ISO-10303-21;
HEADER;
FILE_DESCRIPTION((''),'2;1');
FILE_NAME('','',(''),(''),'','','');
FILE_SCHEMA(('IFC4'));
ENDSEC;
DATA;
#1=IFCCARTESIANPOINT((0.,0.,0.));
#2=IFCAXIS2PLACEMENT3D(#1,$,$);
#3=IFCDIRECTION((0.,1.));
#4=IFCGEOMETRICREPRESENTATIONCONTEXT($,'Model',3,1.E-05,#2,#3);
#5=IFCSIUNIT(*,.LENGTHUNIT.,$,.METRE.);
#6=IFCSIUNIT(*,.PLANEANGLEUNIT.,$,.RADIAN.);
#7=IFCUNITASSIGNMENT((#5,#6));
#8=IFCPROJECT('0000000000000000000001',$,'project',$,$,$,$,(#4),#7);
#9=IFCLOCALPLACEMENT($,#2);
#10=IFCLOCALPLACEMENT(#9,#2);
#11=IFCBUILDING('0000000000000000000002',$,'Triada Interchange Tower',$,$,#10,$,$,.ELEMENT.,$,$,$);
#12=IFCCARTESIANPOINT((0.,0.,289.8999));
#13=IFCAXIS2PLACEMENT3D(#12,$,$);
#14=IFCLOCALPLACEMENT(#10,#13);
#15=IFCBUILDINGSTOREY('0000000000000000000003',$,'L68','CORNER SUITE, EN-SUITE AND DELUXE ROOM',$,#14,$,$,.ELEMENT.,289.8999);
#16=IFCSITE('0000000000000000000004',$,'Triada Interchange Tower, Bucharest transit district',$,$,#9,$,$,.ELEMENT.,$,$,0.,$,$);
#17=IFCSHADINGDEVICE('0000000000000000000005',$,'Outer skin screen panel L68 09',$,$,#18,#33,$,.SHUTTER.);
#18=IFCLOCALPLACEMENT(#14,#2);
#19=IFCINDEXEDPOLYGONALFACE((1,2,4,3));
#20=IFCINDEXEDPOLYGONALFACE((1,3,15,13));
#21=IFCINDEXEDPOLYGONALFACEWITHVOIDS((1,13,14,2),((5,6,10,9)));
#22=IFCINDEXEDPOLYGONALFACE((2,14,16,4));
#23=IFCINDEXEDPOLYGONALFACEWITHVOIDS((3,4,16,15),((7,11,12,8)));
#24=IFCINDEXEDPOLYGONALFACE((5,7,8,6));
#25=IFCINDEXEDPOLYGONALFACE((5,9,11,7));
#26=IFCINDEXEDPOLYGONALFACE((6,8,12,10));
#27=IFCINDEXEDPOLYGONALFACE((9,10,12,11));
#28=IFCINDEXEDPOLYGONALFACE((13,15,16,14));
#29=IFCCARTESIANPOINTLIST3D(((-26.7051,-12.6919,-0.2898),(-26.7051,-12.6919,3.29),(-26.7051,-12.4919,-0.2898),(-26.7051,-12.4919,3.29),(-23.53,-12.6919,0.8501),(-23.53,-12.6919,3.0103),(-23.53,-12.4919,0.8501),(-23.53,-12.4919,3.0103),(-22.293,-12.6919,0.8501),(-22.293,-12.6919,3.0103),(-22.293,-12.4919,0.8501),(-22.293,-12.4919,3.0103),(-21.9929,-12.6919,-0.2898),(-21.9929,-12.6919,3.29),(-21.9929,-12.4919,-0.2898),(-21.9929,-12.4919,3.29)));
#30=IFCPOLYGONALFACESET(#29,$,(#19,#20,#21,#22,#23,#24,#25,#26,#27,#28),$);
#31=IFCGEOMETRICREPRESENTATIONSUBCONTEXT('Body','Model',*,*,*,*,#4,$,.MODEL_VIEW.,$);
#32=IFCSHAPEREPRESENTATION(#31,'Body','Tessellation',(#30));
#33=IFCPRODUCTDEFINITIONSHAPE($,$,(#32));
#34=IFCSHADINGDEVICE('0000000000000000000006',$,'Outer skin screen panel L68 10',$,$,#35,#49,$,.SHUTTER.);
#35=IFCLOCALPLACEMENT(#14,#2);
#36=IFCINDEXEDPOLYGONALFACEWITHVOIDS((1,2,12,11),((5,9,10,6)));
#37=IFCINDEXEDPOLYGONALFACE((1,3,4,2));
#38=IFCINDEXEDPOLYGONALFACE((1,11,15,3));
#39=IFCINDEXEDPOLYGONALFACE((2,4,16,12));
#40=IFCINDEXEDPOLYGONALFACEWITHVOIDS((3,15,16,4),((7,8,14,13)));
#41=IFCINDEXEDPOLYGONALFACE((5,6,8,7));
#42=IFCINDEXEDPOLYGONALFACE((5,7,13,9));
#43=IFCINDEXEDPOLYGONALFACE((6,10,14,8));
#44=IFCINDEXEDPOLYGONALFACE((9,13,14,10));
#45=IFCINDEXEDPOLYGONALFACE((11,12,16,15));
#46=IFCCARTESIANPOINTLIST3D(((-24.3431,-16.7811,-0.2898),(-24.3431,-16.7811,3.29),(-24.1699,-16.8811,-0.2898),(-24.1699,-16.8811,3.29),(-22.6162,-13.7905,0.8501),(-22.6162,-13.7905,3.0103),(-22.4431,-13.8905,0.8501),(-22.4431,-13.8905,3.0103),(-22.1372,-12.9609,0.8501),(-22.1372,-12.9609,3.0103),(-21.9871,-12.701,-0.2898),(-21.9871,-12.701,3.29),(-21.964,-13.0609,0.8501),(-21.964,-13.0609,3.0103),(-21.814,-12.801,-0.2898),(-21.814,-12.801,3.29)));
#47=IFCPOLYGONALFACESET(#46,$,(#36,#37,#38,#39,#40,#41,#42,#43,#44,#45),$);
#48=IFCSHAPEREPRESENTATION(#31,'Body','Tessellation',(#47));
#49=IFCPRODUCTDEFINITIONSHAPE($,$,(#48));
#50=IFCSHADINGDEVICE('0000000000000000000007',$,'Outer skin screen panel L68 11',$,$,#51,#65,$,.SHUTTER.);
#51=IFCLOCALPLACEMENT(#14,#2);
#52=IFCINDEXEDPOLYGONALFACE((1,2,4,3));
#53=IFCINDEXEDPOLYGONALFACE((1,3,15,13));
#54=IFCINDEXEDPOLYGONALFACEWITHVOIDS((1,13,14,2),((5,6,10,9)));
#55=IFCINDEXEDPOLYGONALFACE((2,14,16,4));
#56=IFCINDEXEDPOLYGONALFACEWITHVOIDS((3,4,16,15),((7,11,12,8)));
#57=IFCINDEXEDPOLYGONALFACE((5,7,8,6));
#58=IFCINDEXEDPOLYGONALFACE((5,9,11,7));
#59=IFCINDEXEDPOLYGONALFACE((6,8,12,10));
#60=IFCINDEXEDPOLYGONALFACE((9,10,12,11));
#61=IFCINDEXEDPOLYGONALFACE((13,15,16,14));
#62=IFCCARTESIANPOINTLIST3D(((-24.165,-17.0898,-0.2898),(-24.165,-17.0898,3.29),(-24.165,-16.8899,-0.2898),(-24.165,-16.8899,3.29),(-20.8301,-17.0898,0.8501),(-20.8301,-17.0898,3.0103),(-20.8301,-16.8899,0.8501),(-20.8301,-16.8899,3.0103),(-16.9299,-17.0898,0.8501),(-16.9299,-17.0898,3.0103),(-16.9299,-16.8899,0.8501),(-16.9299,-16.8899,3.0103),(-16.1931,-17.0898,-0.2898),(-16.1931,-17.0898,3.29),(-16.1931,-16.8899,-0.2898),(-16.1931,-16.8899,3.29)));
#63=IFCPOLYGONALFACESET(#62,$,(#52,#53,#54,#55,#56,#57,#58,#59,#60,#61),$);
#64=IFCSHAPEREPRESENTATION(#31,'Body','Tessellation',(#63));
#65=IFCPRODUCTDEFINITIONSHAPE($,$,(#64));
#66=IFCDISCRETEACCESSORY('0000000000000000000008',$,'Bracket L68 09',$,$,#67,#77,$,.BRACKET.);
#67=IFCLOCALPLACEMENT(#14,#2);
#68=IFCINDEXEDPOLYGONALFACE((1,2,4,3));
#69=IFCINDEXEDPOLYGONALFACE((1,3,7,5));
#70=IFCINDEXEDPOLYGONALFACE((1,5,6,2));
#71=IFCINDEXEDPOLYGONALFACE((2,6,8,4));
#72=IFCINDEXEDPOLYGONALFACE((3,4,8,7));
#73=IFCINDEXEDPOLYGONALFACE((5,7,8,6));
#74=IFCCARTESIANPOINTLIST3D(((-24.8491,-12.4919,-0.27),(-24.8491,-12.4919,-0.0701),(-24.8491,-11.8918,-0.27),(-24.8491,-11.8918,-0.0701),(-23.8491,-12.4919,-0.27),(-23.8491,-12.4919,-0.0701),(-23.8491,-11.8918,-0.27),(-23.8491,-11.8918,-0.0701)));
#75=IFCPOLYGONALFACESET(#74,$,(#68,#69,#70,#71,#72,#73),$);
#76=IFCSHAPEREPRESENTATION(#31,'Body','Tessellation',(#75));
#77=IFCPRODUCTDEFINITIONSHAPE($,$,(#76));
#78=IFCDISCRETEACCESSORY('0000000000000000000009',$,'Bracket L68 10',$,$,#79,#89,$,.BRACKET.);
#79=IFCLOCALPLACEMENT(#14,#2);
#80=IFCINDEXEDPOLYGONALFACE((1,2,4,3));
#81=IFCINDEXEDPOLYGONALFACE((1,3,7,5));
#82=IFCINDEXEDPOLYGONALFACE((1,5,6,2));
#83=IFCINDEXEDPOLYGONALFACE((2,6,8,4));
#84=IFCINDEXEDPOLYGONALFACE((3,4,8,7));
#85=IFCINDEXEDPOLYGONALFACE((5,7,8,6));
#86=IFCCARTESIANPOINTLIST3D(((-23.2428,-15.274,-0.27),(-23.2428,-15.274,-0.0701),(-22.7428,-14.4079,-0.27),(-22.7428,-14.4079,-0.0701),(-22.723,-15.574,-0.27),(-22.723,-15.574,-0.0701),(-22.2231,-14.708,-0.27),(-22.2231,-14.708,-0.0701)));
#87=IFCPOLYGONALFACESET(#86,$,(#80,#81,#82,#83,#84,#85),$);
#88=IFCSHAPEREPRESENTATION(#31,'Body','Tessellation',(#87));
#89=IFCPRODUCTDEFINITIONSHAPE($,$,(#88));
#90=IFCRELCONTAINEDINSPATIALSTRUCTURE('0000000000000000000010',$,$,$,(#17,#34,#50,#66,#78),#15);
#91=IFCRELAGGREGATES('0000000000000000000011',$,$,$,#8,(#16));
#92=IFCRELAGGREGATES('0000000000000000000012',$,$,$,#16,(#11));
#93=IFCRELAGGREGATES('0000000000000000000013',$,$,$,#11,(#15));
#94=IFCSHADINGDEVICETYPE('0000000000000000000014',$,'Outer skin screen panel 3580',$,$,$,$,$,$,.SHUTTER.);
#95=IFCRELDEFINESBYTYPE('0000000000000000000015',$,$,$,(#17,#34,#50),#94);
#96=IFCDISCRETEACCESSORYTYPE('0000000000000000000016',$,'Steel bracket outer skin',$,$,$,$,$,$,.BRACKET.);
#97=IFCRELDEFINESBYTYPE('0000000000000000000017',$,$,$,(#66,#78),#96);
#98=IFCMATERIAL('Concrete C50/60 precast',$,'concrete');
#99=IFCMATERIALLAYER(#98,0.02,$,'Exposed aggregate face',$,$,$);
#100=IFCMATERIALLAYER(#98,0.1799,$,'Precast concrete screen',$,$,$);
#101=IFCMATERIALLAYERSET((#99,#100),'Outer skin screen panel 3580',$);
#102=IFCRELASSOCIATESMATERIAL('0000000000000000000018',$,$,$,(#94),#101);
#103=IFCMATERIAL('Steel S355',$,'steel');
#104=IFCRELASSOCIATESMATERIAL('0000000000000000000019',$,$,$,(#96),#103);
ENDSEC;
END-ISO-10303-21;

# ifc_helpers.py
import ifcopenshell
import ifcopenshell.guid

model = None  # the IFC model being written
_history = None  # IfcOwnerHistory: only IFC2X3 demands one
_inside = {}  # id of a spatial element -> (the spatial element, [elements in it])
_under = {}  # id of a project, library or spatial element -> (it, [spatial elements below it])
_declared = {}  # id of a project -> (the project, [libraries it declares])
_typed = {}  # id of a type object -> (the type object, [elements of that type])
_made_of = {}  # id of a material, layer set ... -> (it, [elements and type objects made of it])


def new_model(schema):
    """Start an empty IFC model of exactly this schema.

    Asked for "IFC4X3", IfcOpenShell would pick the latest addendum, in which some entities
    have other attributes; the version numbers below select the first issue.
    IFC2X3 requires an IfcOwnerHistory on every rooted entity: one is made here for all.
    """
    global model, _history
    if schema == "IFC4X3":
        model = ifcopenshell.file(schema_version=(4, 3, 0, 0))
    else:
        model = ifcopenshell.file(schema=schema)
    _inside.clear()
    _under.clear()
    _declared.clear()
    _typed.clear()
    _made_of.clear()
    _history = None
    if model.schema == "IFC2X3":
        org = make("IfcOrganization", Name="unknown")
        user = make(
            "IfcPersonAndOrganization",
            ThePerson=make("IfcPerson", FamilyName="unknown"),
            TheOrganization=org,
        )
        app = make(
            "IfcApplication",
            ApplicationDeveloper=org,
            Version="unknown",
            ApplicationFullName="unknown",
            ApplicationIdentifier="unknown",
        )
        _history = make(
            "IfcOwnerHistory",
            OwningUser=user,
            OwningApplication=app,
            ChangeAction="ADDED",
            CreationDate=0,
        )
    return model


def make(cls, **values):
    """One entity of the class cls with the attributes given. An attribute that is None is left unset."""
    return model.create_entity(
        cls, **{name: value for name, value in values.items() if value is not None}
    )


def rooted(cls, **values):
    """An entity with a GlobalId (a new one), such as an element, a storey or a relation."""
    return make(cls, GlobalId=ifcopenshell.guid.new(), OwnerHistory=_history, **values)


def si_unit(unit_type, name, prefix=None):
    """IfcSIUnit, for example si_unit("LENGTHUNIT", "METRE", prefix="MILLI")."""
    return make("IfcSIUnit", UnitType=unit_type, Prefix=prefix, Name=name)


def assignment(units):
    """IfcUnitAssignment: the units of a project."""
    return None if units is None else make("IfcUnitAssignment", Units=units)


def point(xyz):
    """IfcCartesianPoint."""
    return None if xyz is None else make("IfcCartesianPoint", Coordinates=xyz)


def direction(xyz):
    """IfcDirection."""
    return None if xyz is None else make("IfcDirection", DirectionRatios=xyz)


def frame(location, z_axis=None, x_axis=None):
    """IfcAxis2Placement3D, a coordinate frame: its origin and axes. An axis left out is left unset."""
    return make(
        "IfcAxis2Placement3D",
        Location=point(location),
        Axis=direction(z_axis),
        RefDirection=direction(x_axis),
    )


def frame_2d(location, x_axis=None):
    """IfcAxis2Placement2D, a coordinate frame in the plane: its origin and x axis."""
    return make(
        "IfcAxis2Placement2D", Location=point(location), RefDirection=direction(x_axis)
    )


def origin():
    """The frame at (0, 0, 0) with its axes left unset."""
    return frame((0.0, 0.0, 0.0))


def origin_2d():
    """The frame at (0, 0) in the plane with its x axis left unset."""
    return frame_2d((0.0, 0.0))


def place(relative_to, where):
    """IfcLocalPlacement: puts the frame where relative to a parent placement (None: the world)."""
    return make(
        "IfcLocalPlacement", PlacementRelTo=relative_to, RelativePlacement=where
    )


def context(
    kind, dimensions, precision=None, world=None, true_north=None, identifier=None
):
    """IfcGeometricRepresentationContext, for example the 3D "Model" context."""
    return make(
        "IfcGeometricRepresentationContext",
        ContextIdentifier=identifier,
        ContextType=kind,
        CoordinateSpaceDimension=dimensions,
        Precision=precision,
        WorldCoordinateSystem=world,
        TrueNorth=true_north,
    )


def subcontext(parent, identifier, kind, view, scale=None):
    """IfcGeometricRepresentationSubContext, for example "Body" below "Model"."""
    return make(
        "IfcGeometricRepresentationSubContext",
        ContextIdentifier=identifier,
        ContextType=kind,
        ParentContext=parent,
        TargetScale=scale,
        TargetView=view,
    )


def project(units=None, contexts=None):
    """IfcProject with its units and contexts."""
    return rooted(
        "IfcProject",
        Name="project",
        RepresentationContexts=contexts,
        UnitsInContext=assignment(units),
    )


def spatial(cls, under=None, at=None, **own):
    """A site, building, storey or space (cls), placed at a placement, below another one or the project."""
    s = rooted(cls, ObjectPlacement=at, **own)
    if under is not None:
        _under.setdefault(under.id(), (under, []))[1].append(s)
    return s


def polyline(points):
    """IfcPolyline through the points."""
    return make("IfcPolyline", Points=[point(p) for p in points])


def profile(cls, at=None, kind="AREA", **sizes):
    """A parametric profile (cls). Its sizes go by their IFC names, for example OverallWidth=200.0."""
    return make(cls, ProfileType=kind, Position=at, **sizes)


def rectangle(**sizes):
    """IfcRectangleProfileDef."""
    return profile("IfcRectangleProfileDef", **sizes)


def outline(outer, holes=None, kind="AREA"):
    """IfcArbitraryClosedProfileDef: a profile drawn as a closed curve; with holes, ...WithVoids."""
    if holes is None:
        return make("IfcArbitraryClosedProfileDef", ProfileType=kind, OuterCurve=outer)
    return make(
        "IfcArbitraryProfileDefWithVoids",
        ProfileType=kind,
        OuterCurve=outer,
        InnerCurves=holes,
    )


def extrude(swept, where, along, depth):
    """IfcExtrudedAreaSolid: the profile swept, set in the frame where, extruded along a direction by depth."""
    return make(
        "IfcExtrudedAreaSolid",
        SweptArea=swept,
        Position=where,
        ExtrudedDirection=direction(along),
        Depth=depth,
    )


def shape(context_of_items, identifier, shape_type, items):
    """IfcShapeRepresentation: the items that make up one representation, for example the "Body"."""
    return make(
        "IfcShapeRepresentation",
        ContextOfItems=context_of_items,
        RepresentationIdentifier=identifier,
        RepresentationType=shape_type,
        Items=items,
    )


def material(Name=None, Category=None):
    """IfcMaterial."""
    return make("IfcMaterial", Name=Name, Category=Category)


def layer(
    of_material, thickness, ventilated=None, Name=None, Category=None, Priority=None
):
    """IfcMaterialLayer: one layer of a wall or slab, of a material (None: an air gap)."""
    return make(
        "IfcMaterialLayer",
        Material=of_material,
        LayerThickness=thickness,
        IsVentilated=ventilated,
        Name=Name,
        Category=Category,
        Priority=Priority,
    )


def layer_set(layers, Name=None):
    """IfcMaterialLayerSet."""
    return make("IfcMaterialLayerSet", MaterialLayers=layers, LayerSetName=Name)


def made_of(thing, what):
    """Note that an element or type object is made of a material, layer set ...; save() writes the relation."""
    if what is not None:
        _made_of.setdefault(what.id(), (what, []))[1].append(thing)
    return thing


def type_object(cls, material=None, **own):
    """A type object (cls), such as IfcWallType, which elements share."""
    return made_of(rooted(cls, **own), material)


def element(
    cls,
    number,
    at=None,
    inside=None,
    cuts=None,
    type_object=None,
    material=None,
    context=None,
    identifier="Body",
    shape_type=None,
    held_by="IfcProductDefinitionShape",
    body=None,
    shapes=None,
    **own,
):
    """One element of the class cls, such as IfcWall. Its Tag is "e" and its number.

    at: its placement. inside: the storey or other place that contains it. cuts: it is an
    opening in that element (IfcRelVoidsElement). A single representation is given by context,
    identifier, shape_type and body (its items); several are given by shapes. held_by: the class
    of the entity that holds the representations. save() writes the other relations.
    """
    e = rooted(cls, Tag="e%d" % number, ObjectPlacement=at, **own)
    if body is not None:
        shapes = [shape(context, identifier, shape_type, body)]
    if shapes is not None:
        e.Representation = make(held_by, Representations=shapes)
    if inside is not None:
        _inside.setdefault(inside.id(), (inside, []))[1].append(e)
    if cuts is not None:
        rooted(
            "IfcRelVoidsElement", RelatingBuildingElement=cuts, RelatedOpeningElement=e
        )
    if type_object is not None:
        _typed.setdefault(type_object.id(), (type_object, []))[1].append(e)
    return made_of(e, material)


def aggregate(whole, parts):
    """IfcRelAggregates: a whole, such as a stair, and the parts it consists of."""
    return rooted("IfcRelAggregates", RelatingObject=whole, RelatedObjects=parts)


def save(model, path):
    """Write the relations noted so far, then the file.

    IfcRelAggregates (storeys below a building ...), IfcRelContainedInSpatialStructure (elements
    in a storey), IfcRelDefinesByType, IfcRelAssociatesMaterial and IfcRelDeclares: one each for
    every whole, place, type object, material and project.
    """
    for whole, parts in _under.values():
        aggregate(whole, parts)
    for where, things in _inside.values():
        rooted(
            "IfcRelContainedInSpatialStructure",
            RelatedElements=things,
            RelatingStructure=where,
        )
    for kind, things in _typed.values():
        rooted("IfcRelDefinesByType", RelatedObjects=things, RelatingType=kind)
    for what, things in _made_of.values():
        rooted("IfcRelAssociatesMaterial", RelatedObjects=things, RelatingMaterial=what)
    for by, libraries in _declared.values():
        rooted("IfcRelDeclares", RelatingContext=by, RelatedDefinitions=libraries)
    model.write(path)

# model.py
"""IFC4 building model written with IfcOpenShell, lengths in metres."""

from ifc_helpers import new_model, si_unit, direction, frame, origin, origin_2d, place, context, subcontext, project, spatial, polyline, rectangle, outline, extrude, material, layer, layer_set, type_object, element, save


model = new_model("IFC4")

# Units and contexts
model_context = context("Model", 3, precision=1e-05, world=origin(), true_north=direction((0.0, 1.0)))
body_context = subcontext(model_context, "Body", "Model", "MODEL_VIEW")
ifc_project = project(units=[si_unit("LENGTHUNIT", "METRE"), si_unit("PLANEANGLEUNIT", "RADIAN")], contexts=[model_context])

# Site, building, storey
site_placement = place(None, origin())
site = spatial("IfcSite", under=ifc_project, at=site_placement, Name="Triada Interchange Tower, Bucharest transit district", CompositionType="ELEMENT", RefElevation=0.0)
building_placement = place(site_placement, origin())
building = spatial("IfcBuilding", under=site, at=building_placement, Name="Triada Interchange Tower", CompositionType="ELEMENT")
storey_placement = place(building_placement, frame((0.0, 0.0, 289.8999)))
storey = spatial("IfcBuildingStorey", under=building, at=storey_placement, Name="L68", Description="CORNER SUITE, EN-SUITE AND DELUXE ROOM", CompositionType="ELEMENT", Elevation=289.8999)

# Shading devices
ifc_material_1 = material(Name="Concrete C50/60 precast", Category="concrete")
ifc_layer_1 = layer(ifc_material_1, 0.02, Name="Exposed aggregate face")
ifc_layer_2 = layer(ifc_material_1, 0.1799, Name="Precast concrete screen")
ifc_layer_set_1 = layer_set([ifc_layer_1, ifc_layer_2], Name="Outer skin screen panel 3580")
shading_device_type = type_object("IfcShadingDeviceType", Name="Outer skin screen panel 3580", PredefinedType="SHUTTER", material=ifc_layer_set_1)
shading_device_1_placement = place(storey_placement, frame((-26.7051, -12.4919, -0.2898), z_axis=(0.0, 0.0, 1.0), x_axis=(1.0, 0.0, 0.0)))
element("IfcShadingDevice", 1, at=shading_device_1_placement, inside=storey, type_object=shading_device_type, Name="Outer skin screen panel L68 09", PredefinedType="SHUTTER", context=body_context, shape_type="SweptSolid", body=[
    extrude(outline(polyline([(0.0, 0.0), (4.7122, 0.0), (4.7122, 3.5798), (0.0, 3.5798), (0.0, 0.0)]), holes=[polyline([(3.175, 1.1399), (3.175, 3.3), (4.4121, 3.3), (4.4121, 1.1399), (3.175, 1.1399)])]), frame((0.0, 0.0, 0.0), z_axis=(0.0, -1.0, 0.0), x_axis=(1.0, 0.0, 0.0)), (0.0, 0.0, 1.0), 0.2),
])
shading_device_2_placement = place(storey_placement, frame((-21.814, -12.801, -0.2898), z_axis=(0.0, 0.0, 1.0), x_axis=(-0.500051, -0.865996, 0.0)))
element("IfcShadingDevice", 2, at=shading_device_2_placement, inside=storey, type_object=shading_device_type, Name="Outer skin screen panel L68 10", PredefinedType="SHUTTER", context=body_context, shape_type="SweptSolid", body=[
    extrude(outline(polyline([(0.0, 0.0), (4.7114, 0.0), (4.7114, 3.5798), (0.0, 3.5798), (0.0, 0.0)]), holes=[polyline([(0.3, 1.1399), (0.3, 3.3), (1.2581, 3.3), (1.2581, 1.1399), (0.3, 1.1399)])]), frame((0.0, 0.0, 0.0), z_axis=(0.0, -1.0, 0.0), x_axis=(1.0, 0.0, 0.0)), (0.0, 0.0, 1.0), 0.2),
])
shading_device_3_placement = place(storey_placement, frame((-24.165, -16.8899, -0.2898), z_axis=(0.0, 0.0, 1.0), x_axis=(1.0, 0.0, 0.0)))
element("IfcShadingDevice", 3, at=shading_device_3_placement, inside=storey, type_object=shading_device_type, Name="Outer skin screen panel L68 11", PredefinedType="SHUTTER", context=body_context, shape_type="SweptSolid", body=[
    extrude(outline(polyline([(0.0, 0.0), (7.9719, 0.0), (7.9719, 3.5798), (0.0, 3.5798), (0.0, 0.0)]), holes=[polyline([(3.335, 1.1399), (3.335, 3.3), (7.2351, 3.3), (7.2351, 1.1399), (3.335, 1.1399)])]), frame((0.0, 0.0, 0.0), z_axis=(0.0, -1.0, 0.0), x_axis=(1.0, 0.0, 0.0)), (0.0, 0.0, 1.0), 0.2),
])

# Discrete accessories
ifc_material_2 = material(Name="Steel S355", Category="steel")
discrete_accessory_type = type_object("IfcDiscreteAccessoryType", Name="Steel bracket outer skin", PredefinedType="BRACKET", material=ifc_material_2)
for number, where, z_axis, x_axis, name in (
    (4, (-24.3491, -12.1919, -0.27), (0.0, 0.0, 1.0), (0.0, -1.0, 0.0), "Bracket L68 09"),
    (5, (-22.7329, -14.991, -0.27), (0.0, 0.0, 1.0), (-0.866041, 0.499972, 0.0), "Bracket L68 10"),
):
    element("IfcDiscreteAccessory", number, at=place(storey_placement, frame(where, z_axis=z_axis, x_axis=x_axis)), inside=storey, type_object=discrete_accessory_type, Name=name, PredefinedType="BRACKET", context=body_context, shape_type="SweptSolid", body=[
        extrude(rectangle(XDim=0.6001, YDim=1.0, at=origin_2d()), origin(), (0.0, 0.0, 1.0), 0.2),
    ])

save(model, "model.ifc")
